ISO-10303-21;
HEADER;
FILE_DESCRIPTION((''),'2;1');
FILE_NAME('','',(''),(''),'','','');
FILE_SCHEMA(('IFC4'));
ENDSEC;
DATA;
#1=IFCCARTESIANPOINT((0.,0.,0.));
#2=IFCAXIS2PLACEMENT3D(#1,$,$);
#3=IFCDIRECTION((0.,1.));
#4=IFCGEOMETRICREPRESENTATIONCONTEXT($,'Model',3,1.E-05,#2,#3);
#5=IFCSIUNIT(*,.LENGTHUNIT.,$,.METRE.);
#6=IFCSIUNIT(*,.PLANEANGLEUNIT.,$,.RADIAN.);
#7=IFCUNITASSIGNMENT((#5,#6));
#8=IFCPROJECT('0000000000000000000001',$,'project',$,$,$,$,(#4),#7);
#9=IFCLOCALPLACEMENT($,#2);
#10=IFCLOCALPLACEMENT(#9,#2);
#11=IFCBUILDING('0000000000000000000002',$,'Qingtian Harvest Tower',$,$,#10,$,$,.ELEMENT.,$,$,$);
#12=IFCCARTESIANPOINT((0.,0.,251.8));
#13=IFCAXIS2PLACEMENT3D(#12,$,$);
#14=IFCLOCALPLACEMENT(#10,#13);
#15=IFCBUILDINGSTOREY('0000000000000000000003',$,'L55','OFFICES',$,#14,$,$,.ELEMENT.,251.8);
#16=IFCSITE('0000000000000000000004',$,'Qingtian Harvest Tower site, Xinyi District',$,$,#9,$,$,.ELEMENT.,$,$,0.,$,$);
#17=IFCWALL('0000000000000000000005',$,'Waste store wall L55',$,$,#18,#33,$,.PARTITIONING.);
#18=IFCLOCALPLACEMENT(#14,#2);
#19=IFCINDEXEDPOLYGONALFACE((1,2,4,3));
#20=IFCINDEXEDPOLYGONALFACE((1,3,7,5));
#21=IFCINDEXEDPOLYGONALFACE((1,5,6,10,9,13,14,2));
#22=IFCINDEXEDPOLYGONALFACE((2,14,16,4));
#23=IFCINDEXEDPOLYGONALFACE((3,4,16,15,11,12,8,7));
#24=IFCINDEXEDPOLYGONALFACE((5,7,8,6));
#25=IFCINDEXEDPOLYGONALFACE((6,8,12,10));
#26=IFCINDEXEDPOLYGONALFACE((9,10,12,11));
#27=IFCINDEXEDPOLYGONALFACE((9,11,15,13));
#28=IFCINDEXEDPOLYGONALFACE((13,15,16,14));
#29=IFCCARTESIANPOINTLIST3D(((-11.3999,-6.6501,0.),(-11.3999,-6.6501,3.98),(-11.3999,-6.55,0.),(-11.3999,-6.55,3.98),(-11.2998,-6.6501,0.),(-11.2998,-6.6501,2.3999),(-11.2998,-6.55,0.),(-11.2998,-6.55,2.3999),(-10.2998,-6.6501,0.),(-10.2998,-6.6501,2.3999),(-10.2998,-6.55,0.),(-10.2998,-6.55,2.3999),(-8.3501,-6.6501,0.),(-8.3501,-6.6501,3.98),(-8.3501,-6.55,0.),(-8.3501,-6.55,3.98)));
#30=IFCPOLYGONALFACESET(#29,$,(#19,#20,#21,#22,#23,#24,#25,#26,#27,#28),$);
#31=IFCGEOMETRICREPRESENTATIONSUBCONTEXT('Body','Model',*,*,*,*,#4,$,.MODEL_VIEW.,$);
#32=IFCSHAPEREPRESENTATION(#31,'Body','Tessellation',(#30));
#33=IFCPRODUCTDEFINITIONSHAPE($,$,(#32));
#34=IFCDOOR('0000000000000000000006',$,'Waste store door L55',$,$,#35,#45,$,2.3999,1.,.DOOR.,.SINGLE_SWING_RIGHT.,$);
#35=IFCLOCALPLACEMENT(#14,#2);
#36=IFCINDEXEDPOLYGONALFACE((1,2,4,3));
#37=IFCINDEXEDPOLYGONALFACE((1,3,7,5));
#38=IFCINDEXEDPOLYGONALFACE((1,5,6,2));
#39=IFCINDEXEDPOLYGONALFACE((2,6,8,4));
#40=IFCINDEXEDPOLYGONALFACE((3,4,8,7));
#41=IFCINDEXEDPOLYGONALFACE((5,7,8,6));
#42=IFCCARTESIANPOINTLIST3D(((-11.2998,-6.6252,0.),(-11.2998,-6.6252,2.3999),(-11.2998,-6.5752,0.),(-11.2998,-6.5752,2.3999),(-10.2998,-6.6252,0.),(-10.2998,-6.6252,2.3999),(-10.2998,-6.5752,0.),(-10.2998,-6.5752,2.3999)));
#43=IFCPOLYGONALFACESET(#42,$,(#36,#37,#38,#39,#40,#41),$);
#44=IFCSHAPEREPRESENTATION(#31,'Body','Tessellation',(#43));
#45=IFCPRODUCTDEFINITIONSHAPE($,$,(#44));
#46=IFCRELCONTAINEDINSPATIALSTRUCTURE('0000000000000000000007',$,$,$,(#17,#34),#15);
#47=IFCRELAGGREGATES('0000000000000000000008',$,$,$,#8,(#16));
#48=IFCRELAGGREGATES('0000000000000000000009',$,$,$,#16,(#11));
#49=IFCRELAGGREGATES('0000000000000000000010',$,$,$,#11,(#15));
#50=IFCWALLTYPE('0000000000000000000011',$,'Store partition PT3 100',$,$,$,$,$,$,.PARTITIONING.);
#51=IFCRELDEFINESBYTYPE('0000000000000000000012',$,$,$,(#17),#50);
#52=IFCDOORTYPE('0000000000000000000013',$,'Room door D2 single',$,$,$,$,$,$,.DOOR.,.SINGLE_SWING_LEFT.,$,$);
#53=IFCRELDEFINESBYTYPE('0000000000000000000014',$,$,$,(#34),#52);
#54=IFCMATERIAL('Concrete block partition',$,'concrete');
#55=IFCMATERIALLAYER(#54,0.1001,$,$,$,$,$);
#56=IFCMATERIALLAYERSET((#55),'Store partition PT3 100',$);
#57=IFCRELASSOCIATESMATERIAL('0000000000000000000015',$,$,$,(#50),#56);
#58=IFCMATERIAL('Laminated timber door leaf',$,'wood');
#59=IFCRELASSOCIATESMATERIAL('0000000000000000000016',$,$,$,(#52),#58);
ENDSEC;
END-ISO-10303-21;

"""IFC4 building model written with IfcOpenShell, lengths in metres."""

from ifc_helpers import new_model, si_unit, direction, frame, frame_2d, origin, place, context, subcontext, project, spatial, rectangle, extrude, material, layer, layer_set, type_object, element, fill, save


model = new_model("IFC4")

# Units and contexts
model_context = context("Model", 3, precision=1e-05, world=origin(), true_north=direction((0.0, 1.0)))
body_context = subcontext(model_context, "Body", "Model", "MODEL_VIEW")
ifc_project = project(units=[si_unit("LENGTHUNIT", "METRE"), si_unit("PLANEANGLEUNIT", "RADIAN")], contexts=[model_context])

# Site, building, storey
site_placement = place(None, origin())
site = spatial("IfcSite", under=ifc_project, at=site_placement, Name="Qingtian Harvest Tower site, Xinyi District", CompositionType="ELEMENT", RefElevation=0.0)
building_placement = place(site_placement, origin())
building = spatial("IfcBuilding", under=site, at=building_placement, Name="Qingtian Harvest Tower", CompositionType="ELEMENT")
storey_placement = place(building_placement, frame((0.0, 0.0, 251.8)))
storey = spatial("IfcBuildingStorey", under=building, at=storey_placement, Name="L55", Description="OFFICES", CompositionType="ELEMENT", Elevation=251.8)

# Wall, opening, door
ifc_material_1 = material(Name="Concrete block partition", Category="concrete")
ifc_layer_1 = layer(ifc_material_1, 0.1001)
ifc_layer_set_1 = layer_set([ifc_layer_1], Name="Store partition PT3 100")
wall_type_1 = type_object("IfcWallType", Name="Store partition PT3 100", PredefinedType="PARTITIONING", material=ifc_layer_set_1)
wall_1_placement = place(storey_placement, frame((-11.3999, -6.6001, 0.0), z_axis=(0.0, 0.0, 1.0), x_axis=(1.0, 0.0, 0.0)))
wall_1 = element("IfcWall", 1, at=wall_1_placement, inside=storey, type_object=wall_type_1, Name="Waste store wall L55", PredefinedType="PARTITIONING", context=body_context, shape_type="SweptSolid", body=[
    extrude(rectangle(XDim=3.0498, YDim=0.1001, at=frame_2d((1.5249, 0.0))), origin(), (0.0, 0.0, 1.0), 3.98),
])
opening_1_placement = place(wall_1_placement, frame((0.1001, 0.0, 0.0)))
opening_1 = element("IfcOpeningElement", 2, at=opening_1_placement, cuts=wall_1, PredefinedType="OPENING", context=body_context, shape_type="SweptSolid", body=[
    extrude(rectangle(XDim=1.0, YDim=2.3999, at=frame_2d((0.5, 1.2))), frame((0.0, 0.0601, 0.0), z_axis=(0.0, -1.0, 0.0), x_axis=(1.0, 0.0, 0.0)), (0.0, 0.0, 1.0), 0.1201),
])
ifc_material_2 = material(Name="Laminated timber door leaf", Category="wood")
door_type_1 = type_object("IfcDoorType", Name="Room door D2 single", OperationType="SINGLE_SWING_LEFT", PredefinedType="DOOR", material=ifc_material_2)
door_1_placement = place(opening_1_placement, origin())
door_1 = element("IfcDoor", 3, at=door_1_placement, inside=storey, type_object=door_type_1, Name="Waste store door L55", OperationType="SINGLE_SWING_RIGHT", OverallHeight=2.3999, OverallWidth=1.0, PredefinedType="DOOR", context=body_context, shape_type="SweptSolid", body=[
    extrude(rectangle(XDim=1.0, YDim=2.3999, at=frame_2d((0.5, 1.2))), frame((0.0, 0.0249, 0.0), z_axis=(0.0, -1.0, 0.0), x_axis=(1.0, 0.0, 0.0)), (0.0, 0.0, 1.0), 0.05),
])
fill(opening_1, door_1)

save(model, "model.ifc")
